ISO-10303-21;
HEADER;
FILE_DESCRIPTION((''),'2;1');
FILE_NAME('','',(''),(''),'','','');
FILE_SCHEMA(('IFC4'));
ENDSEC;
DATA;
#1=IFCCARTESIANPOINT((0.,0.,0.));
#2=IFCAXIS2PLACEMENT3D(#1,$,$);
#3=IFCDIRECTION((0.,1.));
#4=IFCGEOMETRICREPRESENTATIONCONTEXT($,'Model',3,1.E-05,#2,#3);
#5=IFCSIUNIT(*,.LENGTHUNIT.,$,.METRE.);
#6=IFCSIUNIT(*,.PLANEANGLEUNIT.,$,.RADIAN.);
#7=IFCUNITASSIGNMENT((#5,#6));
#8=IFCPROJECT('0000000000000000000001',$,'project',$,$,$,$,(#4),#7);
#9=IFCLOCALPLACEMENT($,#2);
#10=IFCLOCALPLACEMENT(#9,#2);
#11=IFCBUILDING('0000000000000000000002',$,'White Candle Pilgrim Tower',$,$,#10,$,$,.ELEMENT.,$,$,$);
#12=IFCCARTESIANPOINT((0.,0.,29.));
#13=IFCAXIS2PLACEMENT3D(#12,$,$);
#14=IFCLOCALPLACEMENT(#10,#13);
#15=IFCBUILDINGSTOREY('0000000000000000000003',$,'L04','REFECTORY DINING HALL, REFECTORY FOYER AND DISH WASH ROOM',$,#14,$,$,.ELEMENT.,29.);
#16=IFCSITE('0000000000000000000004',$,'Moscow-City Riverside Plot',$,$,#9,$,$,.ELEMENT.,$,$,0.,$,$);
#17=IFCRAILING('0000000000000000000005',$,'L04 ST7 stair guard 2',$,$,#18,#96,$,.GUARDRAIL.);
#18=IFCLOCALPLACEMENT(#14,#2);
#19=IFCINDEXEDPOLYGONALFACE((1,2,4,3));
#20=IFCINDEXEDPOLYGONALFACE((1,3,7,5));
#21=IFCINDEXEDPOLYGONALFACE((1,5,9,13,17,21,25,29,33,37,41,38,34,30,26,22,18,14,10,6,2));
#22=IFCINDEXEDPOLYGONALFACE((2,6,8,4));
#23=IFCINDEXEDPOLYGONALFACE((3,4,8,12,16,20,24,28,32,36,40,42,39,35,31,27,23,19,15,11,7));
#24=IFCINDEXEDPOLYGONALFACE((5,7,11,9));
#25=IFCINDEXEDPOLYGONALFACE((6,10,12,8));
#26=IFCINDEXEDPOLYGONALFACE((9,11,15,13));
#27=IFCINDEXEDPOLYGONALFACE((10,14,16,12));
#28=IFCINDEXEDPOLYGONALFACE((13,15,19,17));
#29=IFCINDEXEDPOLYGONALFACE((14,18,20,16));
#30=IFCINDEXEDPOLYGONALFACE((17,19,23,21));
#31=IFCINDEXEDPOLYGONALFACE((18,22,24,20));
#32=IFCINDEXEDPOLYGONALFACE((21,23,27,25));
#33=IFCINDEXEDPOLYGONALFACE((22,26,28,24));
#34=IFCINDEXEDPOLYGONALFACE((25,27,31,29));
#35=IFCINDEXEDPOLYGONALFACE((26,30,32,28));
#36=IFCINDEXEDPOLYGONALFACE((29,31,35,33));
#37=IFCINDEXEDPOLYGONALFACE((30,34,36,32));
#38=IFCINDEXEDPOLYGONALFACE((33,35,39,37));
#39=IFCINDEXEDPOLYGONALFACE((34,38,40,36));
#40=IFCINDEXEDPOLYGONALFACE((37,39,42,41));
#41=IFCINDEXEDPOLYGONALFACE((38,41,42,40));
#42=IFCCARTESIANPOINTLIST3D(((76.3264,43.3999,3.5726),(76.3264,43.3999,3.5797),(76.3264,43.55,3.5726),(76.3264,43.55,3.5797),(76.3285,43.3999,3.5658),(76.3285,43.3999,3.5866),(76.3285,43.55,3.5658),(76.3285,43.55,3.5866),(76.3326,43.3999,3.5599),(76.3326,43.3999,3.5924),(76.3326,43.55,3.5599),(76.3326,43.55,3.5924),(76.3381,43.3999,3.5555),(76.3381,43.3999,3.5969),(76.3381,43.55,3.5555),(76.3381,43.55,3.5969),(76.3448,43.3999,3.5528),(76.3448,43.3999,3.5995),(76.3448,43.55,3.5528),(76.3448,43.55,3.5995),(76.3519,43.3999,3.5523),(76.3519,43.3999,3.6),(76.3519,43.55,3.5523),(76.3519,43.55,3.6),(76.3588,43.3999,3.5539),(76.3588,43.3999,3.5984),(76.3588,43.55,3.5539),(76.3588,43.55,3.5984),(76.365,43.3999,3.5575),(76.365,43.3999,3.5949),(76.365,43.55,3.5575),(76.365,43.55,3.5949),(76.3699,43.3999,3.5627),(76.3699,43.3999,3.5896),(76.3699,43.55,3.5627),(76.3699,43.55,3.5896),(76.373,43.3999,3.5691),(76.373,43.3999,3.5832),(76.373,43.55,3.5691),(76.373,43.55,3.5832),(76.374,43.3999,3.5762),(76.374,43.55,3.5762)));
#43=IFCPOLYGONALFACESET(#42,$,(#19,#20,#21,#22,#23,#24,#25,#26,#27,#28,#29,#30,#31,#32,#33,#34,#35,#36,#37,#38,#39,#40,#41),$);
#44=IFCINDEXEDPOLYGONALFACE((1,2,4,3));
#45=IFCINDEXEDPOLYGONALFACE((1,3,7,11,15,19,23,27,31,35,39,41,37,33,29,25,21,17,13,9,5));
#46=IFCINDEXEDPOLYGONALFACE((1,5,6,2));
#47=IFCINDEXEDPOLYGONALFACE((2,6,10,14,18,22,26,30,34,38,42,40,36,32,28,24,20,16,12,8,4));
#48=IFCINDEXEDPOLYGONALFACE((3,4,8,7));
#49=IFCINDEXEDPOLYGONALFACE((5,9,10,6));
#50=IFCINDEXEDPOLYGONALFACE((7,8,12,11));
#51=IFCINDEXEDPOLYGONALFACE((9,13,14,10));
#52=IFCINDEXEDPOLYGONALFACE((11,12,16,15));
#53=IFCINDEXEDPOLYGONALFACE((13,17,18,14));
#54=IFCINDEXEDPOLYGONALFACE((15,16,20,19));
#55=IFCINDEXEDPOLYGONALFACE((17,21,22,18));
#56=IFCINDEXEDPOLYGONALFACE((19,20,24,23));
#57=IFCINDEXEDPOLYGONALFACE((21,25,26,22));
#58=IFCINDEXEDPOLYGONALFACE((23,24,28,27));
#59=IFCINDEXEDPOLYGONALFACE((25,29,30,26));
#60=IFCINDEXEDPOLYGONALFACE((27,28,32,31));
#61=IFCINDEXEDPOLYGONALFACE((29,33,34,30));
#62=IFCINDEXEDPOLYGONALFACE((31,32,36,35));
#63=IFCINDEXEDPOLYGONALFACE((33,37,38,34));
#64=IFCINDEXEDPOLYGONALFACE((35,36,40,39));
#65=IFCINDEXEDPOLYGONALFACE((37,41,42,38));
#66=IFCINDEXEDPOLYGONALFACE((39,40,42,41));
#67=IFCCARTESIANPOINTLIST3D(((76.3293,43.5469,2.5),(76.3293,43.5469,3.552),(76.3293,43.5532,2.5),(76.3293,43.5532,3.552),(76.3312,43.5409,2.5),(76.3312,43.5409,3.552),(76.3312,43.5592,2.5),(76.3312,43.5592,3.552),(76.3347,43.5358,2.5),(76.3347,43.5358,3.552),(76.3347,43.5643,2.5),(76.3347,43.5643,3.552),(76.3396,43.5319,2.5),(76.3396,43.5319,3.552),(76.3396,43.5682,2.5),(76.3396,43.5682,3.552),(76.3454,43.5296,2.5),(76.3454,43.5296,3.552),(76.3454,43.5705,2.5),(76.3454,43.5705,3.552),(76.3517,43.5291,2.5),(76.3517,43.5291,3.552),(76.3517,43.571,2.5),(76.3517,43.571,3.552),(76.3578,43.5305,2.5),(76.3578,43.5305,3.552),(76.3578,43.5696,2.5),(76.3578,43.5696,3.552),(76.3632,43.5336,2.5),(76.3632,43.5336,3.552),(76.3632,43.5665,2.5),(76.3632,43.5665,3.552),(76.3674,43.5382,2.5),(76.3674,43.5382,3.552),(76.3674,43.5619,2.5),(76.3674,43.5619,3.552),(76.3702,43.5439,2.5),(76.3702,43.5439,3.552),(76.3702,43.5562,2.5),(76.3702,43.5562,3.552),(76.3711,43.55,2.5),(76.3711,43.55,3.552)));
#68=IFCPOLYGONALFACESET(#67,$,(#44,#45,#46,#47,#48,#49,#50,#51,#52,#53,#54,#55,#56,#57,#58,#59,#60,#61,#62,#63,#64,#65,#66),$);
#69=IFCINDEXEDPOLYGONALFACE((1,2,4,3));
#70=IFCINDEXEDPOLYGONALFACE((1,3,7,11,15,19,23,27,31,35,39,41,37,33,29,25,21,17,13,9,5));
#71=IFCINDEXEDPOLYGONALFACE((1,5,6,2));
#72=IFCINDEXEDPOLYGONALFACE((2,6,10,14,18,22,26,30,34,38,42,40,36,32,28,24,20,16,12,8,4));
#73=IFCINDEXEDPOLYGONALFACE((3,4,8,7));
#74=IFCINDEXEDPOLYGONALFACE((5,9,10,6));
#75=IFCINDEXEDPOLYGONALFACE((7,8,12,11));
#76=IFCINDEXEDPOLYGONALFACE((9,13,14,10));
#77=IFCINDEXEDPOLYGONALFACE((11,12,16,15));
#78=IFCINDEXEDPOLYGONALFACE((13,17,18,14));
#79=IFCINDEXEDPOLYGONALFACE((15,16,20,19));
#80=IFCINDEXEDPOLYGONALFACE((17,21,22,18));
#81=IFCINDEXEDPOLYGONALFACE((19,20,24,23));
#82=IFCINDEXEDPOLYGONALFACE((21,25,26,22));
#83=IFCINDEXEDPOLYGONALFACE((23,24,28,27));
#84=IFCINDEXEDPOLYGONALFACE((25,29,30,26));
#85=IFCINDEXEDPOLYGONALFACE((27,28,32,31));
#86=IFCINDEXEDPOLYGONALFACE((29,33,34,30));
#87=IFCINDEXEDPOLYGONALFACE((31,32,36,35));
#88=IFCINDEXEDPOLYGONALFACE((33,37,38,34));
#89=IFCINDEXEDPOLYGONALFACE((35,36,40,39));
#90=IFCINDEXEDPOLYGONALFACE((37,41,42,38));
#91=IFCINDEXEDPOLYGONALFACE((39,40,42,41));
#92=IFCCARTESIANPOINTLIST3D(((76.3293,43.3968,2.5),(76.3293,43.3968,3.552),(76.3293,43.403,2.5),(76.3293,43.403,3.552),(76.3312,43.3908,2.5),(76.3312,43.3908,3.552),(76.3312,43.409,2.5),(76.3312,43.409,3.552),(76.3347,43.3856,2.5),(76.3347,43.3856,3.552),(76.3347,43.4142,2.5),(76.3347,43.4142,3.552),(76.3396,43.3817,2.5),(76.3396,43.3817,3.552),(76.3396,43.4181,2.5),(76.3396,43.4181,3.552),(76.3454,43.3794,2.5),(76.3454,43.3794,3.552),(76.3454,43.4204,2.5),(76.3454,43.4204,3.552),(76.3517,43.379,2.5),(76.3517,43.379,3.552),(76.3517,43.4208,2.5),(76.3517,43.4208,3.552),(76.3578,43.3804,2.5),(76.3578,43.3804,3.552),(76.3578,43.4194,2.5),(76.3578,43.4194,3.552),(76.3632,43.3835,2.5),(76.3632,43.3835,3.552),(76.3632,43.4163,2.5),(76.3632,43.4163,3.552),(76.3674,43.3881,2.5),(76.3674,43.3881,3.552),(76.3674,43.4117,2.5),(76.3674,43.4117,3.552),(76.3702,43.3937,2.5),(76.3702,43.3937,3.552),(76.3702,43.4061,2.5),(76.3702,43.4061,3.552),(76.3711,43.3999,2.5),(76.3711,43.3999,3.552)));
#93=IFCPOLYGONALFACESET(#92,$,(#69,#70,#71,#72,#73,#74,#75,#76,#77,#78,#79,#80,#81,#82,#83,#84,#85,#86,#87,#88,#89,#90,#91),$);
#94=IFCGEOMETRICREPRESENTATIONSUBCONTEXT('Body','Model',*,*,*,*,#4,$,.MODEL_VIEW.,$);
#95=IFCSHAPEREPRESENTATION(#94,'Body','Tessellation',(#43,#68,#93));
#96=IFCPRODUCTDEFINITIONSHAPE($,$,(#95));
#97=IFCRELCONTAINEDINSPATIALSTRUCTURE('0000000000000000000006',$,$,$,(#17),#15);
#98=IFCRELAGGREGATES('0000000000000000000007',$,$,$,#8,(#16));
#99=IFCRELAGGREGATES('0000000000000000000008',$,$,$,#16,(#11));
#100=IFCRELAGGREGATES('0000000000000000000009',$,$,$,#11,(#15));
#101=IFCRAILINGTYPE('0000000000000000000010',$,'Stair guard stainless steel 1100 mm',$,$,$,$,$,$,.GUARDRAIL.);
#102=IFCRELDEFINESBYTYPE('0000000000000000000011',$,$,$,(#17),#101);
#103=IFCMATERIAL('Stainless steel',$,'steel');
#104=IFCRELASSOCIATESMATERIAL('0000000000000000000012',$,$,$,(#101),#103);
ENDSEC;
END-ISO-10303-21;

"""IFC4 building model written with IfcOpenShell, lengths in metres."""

from ifc_helpers import new_model, si_unit, direction, frame, origin, origin_2d, place, context, subcontext, project, spatial, circle, extrude, material, type_object, element, save


model = new_model("IFC4")

# Units and contexts
model_context = context("Model", 3, precision=1e-05, world=origin(), true_north=direction((0.0, 1.0)))
body_context = subcontext(model_context, "Body", "Model", "MODEL_VIEW")
ifc_project = project(units=[si_unit("LENGTHUNIT", "METRE"), si_unit("PLANEANGLEUNIT", "RADIAN")], contexts=[model_context])

# Site, building, storey
site_placement = place(None, origin())
site = spatial("IfcSite", under=ifc_project, at=site_placement, Name="Moscow-City Riverside Plot", CompositionType="ELEMENT", RefElevation=0.0)
building_placement = place(site_placement, origin())
building = spatial("IfcBuilding", under=site, at=building_placement, Name="White Candle Pilgrim Tower", CompositionType="ELEMENT")
storey_placement = place(building_placement, frame((0.0, 0.0, 29.0)))
storey = spatial("IfcBuildingStorey", under=building, at=storey_placement, Name="L04", Description="REFECTORY DINING HALL, REFECTORY FOYER AND DISH WASH ROOM", CompositionType="ELEMENT", Elevation=29.0)

# Railing
ifc_material_1 = material(Name="Stainless steel", Category="steel")
railing_type_1 = type_object("IfcRailingType", Name="Stair guard stainless steel 1100 mm", PredefinedType="GUARDRAIL", material=ifc_material_1)
railing_1_placement = place(storey_placement, frame((76.3501, 43.55, 2.5)))
element("IfcRailing", 1, at=railing_1_placement, inside=storey, type_object=railing_type_1, Name="L04 ST7 stair guard 2", PredefinedType="GUARDRAIL", context=body_context, shape_type="SweptSolid", body=[
    extrude(circle(Radius=0.0239, at=origin_2d()), frame((0.0, 0.0, 1.0762), z_axis=(0.0, -1.0, 0.0), x_axis=(1.0, 0.0, 0.0)), (0.0, 0.0, 1.0), 0.1501),
    extrude(circle(Radius=0.021, at=origin_2d()), origin(), (0.0, 0.0, 1.0), 1.052),
    extrude(circle(Radius=0.021, at=origin_2d()), frame((0.0, -0.1501, 0.0)), (0.0, 0.0, 1.0), 1.052),
])

save(model, "model.ifc")
